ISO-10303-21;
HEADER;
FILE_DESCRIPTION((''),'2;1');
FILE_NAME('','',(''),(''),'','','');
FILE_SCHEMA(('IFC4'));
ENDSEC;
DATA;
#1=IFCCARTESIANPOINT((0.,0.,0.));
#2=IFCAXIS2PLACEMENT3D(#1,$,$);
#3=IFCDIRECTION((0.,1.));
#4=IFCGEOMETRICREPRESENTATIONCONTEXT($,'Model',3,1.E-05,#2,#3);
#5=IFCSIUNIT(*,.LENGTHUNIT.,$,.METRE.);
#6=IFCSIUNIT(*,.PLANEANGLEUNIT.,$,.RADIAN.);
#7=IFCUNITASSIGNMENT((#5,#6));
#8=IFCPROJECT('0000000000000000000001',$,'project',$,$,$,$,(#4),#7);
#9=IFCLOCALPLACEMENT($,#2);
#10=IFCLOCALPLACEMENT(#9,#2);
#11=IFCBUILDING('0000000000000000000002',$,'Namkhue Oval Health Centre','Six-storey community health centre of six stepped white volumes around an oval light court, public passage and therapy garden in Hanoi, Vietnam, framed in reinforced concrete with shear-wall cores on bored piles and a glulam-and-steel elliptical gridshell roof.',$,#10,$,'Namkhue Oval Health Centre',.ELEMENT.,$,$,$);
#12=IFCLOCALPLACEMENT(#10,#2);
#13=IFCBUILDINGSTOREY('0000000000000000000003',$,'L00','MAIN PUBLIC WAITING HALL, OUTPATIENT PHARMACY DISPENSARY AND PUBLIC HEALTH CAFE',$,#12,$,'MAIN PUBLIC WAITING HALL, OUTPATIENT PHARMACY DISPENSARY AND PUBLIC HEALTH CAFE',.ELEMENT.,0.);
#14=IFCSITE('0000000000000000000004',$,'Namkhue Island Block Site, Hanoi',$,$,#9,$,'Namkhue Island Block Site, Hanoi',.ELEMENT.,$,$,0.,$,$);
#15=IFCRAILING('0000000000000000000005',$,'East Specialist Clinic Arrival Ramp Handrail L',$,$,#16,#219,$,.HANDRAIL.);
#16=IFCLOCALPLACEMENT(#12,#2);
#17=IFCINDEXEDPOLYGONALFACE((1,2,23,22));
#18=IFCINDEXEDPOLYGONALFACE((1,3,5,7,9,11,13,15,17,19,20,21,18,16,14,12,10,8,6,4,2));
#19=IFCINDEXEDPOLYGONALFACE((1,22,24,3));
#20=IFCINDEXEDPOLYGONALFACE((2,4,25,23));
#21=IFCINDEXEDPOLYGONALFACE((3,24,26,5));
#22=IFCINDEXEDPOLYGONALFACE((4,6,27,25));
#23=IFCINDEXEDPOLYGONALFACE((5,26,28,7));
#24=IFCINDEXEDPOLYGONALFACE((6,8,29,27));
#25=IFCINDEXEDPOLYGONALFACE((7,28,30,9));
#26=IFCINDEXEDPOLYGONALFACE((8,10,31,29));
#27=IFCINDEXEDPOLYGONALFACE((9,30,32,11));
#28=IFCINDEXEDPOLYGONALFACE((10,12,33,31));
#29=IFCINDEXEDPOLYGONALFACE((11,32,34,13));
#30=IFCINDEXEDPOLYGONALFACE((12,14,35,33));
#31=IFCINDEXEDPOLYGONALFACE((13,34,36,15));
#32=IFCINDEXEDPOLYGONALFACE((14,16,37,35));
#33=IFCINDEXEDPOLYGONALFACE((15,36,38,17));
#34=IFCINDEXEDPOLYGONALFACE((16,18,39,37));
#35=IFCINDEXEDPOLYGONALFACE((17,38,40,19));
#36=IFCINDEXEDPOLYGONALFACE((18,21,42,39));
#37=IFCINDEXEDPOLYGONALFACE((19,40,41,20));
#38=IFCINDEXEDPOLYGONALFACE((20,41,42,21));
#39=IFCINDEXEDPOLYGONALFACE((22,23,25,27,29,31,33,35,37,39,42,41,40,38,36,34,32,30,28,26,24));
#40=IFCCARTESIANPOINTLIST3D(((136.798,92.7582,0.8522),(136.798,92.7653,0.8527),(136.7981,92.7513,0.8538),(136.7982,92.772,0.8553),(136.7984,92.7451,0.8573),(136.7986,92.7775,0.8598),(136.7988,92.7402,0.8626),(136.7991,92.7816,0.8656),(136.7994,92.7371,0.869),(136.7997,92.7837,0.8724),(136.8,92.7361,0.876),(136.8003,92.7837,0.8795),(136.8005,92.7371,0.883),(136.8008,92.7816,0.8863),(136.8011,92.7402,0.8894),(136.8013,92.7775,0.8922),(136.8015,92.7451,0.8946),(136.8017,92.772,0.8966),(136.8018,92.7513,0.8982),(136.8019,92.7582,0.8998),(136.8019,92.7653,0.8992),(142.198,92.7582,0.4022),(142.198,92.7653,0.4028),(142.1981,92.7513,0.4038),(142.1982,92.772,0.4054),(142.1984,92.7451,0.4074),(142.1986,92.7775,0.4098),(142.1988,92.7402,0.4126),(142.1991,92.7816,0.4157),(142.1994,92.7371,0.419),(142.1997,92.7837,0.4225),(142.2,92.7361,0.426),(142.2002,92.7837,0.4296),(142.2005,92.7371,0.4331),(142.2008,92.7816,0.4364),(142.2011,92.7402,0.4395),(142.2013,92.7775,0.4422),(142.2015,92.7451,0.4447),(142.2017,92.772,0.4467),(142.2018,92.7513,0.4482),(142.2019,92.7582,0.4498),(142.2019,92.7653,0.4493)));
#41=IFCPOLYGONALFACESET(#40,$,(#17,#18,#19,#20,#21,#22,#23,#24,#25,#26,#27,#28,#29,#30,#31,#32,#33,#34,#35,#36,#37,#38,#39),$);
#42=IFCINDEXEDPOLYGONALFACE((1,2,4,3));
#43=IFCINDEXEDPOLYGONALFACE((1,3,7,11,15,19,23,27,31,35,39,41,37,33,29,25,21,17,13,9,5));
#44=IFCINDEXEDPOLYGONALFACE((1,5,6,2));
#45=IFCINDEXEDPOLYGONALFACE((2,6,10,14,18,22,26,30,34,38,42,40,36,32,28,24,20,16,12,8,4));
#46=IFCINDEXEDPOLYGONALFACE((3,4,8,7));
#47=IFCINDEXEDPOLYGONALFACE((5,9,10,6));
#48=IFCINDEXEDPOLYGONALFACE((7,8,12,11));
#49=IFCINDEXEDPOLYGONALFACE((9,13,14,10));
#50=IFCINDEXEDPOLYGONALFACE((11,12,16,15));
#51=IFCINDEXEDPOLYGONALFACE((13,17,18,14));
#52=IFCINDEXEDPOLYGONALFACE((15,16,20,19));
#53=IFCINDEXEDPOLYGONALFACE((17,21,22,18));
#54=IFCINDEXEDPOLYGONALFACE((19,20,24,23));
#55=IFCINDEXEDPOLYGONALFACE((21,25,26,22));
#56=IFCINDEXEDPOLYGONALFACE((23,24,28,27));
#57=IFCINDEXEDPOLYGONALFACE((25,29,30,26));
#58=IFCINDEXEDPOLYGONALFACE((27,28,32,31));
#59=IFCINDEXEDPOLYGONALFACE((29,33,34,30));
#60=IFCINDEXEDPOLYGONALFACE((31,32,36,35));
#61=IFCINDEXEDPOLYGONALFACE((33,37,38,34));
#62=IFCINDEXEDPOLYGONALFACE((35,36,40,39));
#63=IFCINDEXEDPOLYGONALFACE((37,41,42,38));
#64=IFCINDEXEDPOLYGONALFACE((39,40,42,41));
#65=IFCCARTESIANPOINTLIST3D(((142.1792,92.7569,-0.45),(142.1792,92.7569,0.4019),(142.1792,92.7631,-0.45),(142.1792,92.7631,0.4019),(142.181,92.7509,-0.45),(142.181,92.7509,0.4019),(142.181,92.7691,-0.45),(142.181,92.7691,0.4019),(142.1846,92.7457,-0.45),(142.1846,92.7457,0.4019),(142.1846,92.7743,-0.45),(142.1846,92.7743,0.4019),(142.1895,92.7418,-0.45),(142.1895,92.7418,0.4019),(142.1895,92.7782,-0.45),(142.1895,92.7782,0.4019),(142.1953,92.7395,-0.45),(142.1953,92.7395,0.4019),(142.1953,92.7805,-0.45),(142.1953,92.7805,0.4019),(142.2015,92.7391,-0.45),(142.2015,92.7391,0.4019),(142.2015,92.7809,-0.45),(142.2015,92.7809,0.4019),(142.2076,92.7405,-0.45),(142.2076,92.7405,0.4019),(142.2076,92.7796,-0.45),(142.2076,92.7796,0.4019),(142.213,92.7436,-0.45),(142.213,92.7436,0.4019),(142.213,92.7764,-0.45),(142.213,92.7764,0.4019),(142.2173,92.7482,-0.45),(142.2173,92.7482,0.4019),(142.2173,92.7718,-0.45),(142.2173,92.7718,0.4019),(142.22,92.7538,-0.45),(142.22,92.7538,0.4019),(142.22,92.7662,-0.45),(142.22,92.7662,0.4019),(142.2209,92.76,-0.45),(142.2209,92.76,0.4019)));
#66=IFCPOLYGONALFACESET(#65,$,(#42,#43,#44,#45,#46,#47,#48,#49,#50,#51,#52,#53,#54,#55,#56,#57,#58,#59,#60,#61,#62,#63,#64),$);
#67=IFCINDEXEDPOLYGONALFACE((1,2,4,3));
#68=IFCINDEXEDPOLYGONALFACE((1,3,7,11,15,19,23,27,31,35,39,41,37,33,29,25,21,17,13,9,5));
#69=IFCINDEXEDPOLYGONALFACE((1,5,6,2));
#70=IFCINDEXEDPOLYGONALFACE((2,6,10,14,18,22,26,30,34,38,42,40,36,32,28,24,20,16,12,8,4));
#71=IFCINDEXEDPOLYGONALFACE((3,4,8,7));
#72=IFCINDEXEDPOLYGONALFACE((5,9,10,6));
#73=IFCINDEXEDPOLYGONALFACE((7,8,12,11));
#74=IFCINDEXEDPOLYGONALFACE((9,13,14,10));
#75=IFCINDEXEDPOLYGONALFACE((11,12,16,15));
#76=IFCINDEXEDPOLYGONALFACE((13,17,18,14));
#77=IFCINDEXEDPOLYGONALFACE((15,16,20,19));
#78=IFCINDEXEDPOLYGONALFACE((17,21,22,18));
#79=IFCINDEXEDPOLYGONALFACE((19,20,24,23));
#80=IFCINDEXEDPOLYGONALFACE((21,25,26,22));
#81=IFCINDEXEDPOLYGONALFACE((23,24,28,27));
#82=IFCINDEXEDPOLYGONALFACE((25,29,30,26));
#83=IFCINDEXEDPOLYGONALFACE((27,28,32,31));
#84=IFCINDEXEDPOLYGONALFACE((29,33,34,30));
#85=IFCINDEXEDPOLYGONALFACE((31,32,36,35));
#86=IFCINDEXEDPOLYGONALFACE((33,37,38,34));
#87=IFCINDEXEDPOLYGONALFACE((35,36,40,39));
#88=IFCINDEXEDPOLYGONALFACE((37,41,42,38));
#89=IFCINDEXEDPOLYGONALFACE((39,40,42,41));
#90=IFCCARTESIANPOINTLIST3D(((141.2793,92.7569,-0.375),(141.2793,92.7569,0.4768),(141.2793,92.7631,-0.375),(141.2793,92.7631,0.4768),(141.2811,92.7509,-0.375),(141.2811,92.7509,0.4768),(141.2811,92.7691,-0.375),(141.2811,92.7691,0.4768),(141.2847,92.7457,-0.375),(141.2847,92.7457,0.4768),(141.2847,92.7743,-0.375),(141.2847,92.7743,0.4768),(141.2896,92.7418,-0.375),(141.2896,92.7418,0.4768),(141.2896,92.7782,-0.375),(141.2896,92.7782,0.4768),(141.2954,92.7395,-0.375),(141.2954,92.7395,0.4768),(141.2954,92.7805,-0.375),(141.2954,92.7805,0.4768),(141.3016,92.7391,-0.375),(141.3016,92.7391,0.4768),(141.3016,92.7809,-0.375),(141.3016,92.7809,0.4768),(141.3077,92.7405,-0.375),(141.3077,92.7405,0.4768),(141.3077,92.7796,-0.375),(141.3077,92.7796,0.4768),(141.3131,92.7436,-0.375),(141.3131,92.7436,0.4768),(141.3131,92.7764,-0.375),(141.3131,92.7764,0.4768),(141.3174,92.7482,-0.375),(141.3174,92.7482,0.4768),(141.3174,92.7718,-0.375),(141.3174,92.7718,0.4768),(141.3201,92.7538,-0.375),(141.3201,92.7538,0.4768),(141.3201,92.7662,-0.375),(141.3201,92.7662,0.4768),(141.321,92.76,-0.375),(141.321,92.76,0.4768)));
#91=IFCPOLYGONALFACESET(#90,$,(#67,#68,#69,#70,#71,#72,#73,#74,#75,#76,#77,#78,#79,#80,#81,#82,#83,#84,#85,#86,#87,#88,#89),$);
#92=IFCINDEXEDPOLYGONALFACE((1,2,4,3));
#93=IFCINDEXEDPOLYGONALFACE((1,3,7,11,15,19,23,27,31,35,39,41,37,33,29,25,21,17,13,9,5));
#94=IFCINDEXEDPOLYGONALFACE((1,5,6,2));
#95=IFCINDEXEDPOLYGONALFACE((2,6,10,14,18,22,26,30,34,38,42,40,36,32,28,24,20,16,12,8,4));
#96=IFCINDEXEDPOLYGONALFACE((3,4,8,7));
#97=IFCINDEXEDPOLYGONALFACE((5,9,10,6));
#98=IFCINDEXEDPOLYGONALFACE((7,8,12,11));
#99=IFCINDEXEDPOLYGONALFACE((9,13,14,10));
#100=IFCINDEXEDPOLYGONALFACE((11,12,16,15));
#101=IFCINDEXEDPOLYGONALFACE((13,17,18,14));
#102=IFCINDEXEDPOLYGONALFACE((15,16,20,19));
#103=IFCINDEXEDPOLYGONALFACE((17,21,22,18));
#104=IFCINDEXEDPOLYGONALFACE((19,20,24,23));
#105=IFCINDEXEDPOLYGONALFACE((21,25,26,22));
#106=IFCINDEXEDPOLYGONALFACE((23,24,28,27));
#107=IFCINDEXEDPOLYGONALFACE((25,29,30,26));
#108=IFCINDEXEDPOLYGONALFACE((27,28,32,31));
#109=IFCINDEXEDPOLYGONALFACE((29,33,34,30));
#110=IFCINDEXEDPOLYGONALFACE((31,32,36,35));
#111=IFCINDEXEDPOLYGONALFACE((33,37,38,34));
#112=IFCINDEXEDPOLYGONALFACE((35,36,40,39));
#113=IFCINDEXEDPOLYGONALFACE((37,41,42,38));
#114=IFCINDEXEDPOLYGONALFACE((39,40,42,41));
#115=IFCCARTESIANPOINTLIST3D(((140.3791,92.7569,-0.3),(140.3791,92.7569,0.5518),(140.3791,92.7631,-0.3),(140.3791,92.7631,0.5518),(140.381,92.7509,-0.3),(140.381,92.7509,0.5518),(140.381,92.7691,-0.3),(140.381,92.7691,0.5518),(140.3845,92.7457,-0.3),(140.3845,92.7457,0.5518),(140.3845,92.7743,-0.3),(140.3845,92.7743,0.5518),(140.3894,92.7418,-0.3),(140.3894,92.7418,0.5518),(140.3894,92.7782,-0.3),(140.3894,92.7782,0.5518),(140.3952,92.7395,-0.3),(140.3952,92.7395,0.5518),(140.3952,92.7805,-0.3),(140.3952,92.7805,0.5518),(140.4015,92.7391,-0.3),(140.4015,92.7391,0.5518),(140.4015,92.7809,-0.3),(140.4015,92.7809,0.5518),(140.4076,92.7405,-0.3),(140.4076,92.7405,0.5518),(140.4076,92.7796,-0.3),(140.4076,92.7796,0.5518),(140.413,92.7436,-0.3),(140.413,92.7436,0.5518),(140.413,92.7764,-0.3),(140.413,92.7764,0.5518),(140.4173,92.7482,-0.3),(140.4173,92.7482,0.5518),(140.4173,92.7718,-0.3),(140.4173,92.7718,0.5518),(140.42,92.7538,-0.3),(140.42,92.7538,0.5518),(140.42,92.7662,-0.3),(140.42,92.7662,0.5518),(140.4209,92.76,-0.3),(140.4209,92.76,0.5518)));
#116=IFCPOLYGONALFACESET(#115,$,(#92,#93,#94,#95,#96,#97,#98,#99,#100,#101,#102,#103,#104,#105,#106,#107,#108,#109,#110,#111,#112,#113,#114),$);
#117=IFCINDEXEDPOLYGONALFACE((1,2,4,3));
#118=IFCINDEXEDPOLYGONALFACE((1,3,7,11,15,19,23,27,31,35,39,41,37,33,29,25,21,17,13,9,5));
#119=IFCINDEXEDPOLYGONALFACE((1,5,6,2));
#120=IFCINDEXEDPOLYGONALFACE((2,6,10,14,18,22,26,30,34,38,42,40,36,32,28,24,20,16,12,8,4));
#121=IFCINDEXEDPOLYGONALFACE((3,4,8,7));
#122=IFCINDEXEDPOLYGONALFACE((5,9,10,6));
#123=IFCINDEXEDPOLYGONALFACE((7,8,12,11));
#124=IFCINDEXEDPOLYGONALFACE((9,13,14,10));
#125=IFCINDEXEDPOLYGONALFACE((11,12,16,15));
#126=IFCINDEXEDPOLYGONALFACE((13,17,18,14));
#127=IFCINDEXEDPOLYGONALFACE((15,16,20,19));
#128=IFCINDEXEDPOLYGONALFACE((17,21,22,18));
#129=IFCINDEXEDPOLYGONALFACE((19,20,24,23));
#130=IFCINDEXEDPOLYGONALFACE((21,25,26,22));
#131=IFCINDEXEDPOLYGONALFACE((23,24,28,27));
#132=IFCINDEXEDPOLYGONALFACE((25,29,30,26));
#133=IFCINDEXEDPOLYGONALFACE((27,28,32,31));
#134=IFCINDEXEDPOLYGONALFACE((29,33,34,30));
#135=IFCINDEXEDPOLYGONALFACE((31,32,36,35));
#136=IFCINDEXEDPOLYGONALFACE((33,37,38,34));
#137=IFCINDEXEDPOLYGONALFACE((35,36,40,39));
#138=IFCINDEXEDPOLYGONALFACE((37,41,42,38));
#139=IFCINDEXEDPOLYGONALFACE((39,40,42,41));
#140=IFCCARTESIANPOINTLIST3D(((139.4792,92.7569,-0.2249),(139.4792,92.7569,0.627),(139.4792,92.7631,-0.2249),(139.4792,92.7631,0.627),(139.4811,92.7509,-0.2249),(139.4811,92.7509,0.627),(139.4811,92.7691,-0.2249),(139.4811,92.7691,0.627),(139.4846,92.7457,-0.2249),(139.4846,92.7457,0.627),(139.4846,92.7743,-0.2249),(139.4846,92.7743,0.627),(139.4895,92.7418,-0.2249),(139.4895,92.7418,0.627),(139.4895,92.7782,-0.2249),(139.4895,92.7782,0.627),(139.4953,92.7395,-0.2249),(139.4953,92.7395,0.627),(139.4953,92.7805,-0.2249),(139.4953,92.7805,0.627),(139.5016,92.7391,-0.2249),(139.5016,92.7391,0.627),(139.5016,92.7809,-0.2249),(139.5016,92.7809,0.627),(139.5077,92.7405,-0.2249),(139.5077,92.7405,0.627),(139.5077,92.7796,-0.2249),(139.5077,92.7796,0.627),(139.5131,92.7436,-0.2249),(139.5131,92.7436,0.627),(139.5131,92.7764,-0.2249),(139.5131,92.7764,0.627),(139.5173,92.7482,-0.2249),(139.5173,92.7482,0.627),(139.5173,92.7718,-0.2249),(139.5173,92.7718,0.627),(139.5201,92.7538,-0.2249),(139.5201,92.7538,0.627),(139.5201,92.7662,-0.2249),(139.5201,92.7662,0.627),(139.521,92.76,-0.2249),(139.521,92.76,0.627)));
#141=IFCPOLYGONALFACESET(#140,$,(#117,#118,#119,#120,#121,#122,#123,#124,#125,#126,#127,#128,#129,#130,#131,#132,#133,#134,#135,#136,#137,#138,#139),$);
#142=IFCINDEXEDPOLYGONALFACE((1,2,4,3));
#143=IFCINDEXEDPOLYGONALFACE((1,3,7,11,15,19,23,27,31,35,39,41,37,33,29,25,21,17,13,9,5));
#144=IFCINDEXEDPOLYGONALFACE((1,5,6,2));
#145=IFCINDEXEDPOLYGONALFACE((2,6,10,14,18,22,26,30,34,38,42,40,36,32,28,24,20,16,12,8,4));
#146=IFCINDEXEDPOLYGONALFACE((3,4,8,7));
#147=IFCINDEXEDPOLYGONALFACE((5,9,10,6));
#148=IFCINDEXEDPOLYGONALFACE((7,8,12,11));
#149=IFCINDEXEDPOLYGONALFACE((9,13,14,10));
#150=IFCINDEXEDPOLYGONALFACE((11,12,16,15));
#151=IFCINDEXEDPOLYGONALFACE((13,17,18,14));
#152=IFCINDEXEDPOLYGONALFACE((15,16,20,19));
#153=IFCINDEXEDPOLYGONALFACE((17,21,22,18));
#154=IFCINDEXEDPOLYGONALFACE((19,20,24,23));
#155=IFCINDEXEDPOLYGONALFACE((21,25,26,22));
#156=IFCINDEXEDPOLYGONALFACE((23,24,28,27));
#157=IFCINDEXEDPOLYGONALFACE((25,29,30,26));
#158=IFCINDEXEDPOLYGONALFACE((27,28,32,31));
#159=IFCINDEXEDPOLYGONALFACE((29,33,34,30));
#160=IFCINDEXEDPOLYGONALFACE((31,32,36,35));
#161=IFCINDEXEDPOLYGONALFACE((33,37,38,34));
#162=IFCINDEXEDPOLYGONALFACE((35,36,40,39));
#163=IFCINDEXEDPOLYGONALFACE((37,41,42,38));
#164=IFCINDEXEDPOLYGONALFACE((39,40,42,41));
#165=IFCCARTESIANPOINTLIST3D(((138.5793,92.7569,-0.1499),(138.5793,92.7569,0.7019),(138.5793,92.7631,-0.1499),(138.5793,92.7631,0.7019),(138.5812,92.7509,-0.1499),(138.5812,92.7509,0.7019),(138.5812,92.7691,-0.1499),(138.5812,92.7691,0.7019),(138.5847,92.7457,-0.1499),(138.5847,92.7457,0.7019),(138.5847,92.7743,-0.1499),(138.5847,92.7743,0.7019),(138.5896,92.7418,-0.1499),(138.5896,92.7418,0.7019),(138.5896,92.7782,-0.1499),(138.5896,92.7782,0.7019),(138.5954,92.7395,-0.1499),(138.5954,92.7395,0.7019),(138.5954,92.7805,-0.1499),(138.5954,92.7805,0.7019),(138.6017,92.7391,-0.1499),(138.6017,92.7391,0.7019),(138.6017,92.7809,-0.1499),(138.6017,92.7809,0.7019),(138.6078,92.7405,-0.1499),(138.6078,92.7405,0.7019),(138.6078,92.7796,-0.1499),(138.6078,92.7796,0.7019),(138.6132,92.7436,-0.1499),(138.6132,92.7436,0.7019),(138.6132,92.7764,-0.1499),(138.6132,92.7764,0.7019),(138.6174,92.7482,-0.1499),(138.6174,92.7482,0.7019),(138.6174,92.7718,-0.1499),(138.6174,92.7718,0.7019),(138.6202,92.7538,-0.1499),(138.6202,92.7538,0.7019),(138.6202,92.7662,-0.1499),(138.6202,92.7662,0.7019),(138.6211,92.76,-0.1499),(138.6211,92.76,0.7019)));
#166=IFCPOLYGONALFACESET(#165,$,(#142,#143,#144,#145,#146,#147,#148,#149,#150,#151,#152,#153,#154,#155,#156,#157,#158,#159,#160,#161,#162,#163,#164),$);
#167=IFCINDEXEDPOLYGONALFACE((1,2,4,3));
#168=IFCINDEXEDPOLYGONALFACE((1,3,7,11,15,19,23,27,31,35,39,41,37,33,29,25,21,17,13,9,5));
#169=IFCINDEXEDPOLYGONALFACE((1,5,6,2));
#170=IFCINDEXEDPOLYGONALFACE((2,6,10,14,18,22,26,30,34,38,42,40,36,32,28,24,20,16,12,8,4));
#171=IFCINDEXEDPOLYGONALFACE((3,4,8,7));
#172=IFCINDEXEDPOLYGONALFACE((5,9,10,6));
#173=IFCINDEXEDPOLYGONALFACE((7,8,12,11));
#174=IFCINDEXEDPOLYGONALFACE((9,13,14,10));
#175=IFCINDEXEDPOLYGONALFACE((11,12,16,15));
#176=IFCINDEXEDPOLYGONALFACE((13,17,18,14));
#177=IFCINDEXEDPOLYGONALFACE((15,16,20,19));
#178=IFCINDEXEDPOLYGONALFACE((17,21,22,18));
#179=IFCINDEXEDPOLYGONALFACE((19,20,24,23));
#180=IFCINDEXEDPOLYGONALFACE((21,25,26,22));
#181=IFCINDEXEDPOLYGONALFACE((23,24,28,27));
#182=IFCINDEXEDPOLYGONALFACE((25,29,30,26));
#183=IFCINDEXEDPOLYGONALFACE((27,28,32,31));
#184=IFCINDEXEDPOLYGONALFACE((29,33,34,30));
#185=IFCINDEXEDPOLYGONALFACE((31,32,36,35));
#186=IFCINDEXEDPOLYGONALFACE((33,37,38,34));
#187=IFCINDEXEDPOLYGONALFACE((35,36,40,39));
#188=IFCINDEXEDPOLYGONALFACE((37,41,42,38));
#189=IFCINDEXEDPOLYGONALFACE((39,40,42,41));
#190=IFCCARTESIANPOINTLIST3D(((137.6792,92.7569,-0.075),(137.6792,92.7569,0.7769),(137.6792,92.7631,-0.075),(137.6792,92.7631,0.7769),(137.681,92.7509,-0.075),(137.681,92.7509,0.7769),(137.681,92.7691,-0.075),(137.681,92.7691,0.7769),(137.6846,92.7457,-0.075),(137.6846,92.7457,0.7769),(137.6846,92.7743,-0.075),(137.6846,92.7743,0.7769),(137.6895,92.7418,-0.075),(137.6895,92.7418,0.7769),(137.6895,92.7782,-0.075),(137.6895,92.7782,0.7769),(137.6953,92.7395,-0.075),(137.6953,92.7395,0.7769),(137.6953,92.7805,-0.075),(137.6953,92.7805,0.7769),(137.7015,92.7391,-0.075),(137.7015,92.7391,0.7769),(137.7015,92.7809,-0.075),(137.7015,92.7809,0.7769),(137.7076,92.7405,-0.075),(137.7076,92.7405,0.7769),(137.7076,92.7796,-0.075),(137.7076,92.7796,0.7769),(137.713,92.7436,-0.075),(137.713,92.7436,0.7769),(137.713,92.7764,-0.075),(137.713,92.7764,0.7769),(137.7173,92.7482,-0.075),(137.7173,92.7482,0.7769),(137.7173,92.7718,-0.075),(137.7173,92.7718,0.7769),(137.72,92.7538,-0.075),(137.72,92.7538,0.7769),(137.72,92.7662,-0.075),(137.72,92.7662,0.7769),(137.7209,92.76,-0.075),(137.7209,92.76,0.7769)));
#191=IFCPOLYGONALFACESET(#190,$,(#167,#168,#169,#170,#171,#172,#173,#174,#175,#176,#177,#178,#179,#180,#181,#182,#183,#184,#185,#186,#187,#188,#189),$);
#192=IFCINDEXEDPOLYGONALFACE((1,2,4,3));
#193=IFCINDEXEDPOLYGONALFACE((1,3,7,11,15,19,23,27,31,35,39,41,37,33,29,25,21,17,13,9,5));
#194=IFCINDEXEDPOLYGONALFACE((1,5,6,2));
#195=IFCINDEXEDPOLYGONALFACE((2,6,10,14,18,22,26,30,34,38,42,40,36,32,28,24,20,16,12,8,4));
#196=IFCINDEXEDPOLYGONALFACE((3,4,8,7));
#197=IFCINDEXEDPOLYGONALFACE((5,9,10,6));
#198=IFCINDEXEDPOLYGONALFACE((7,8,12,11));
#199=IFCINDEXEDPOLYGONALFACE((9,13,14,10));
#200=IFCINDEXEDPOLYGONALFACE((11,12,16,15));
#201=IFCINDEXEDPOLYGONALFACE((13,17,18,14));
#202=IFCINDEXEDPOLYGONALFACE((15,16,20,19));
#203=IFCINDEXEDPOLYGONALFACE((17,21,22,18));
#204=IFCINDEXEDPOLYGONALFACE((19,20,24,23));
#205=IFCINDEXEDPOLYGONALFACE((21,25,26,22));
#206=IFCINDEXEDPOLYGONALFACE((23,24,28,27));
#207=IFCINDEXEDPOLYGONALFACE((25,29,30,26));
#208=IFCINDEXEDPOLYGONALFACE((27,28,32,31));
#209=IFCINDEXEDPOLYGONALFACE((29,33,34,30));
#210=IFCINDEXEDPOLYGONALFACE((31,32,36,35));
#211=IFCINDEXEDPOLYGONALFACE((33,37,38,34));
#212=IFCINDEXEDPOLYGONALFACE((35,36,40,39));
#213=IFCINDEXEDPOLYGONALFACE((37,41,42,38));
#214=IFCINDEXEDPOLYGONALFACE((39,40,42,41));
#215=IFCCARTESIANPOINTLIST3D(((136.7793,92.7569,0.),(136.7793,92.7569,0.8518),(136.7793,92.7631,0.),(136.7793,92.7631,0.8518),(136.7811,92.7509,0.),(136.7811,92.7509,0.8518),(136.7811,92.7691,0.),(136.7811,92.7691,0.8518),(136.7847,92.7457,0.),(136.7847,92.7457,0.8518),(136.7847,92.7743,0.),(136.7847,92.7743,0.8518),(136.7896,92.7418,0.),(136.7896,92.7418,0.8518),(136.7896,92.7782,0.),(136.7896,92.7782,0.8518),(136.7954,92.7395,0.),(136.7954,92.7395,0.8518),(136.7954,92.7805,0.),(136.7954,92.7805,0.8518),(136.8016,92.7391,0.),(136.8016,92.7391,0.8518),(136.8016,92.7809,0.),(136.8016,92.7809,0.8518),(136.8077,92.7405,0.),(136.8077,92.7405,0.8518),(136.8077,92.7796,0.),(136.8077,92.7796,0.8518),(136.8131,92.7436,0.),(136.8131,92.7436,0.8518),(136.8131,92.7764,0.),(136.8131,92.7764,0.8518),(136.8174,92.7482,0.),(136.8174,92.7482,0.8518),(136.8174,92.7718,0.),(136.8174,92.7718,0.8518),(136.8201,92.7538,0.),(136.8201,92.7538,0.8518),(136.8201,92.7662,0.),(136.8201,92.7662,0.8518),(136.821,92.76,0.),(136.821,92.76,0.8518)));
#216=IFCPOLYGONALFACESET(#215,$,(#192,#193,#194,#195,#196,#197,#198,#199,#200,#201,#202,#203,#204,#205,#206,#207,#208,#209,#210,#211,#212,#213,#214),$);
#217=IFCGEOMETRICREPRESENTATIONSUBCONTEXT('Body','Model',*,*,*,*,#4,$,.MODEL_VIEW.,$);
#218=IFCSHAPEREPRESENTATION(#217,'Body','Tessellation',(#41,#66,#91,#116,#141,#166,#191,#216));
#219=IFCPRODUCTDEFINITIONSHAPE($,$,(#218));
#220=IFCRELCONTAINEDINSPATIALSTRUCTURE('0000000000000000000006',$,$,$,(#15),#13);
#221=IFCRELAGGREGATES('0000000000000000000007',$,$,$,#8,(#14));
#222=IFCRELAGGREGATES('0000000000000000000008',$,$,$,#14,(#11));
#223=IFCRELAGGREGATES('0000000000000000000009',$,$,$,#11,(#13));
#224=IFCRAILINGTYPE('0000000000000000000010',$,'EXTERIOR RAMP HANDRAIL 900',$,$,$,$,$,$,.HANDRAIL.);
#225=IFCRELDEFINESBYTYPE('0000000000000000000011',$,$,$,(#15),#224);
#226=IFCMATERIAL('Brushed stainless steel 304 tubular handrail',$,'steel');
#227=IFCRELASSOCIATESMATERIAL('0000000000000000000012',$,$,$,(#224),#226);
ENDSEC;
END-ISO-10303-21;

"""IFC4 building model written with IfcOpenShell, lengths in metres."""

from ifc_helpers import new_model, si_unit, direction, frame, origin, origin_2d, place, context, subcontext, project, spatial, circle, extrude, material, type_object, element, save


model = new_model("IFC4")

# Units and contexts
model_context = context("Model", 3, precision=1e-05, world=origin(), true_north=direction((0.0, 1.0)))
body_context = subcontext(model_context, "Body", "Model", "MODEL_VIEW")
ifc_project = project(units=[si_unit("LENGTHUNIT", "METRE"), si_unit("PLANEANGLEUNIT", "RADIAN")], contexts=[model_context])

# Site, building, storey
site_placement = place(None, origin())
site = spatial("IfcSite", under=ifc_project, at=site_placement, Name="Namkhue Island Block Site, Hanoi", LongName="Namkhue Island Block Site, Hanoi", CompositionType="ELEMENT", RefElevation=0.0)
building_placement = place(site_placement, origin())
building = spatial("IfcBuilding", under=site, at=building_placement, Name="Namkhue Oval Health Centre", Description="Six-storey community health centre of six stepped white volumes around an oval light court, public passage and therapy garden in Hanoi, Vietnam, framed in reinforced concrete with shear-wall cores on bored piles and a glulam-and-steel elliptical gridshell roof.", LongName="Namkhue Oval Health Centre", CompositionType="ELEMENT")
storey_placement = place(building_placement, origin())
storey = spatial("IfcBuildingStorey", under=building, at=storey_placement, Name="L00", Description="MAIN PUBLIC WAITING HALL, OUTPATIENT PHARMACY DISPENSARY AND PUBLIC HEALTH CAFE", LongName="MAIN PUBLIC WAITING HALL, OUTPATIENT PHARMACY DISPENSARY AND PUBLIC HEALTH CAFE", CompositionType="ELEMENT", Elevation=0.0)

# Railing
ifc_material_1 = material(Name="Brushed stainless steel 304 tubular handrail", Category="steel")
railing_type = type_object("IfcRailingType", Name="EXTERIOR RAMP HANDRAIL 900", PredefinedType="HANDRAIL", material=ifc_material_1)
for number, where, name in (
    (1, (142.2, 92.76, -0.45), "East Specialist Clinic Arrival Ramp Handrail L"),
):
    element("IfcRailing", number, at=place(storey_placement, frame(where)), inside=storey, type_object=railing_type, Name=name, PredefinedType="HANDRAIL", context=body_context, shape_type="SweptSolid", body=[
        extrude(circle(Radius=0.0239, at=origin_2d()), frame((0.0, 0.0, 0.876), z_axis=(-0.996546, 0.0, 0.083038), x_axis=(0.0, -1.0, 0.0)), (0.0, 0.0, 1.0), 5.4187),
        extrude(circle(Radius=0.021, at=origin_2d()), origin(), (0.0, 0.0, 1.0), 0.8518),
        extrude(circle(Radius=0.021, at=origin_2d()), frame((-0.8999, 0.0, 0.075)), (0.0, 0.0, 1.0), 0.8518),
        extrude(circle(Radius=0.021, at=origin_2d()), frame((-1.8, 0.0, 0.1499)), (0.0, 0.0, 1.0), 0.8518),
        extrude(circle(Radius=0.021, at=origin_2d()), frame((-2.7, 0.0, 0.2251)), (0.0, 0.0, 1.0), 0.8518),
        extrude(circle(Radius=0.021, at=origin_2d()), frame((-3.5999, 0.0, 0.3)), (0.0, 0.0, 1.0), 0.8518),
        extrude(circle(Radius=0.021, at=origin_2d()), frame((-4.5, 0.0, 0.375)), (0.0, 0.0, 1.0), 0.8518),
        extrude(circle(Radius=0.021, at=origin_2d()), frame((-5.3999, 0.0, 0.45)), (0.0, 0.0, 1.0), 0.8518),
    ])

save(model, "model.ifc")
